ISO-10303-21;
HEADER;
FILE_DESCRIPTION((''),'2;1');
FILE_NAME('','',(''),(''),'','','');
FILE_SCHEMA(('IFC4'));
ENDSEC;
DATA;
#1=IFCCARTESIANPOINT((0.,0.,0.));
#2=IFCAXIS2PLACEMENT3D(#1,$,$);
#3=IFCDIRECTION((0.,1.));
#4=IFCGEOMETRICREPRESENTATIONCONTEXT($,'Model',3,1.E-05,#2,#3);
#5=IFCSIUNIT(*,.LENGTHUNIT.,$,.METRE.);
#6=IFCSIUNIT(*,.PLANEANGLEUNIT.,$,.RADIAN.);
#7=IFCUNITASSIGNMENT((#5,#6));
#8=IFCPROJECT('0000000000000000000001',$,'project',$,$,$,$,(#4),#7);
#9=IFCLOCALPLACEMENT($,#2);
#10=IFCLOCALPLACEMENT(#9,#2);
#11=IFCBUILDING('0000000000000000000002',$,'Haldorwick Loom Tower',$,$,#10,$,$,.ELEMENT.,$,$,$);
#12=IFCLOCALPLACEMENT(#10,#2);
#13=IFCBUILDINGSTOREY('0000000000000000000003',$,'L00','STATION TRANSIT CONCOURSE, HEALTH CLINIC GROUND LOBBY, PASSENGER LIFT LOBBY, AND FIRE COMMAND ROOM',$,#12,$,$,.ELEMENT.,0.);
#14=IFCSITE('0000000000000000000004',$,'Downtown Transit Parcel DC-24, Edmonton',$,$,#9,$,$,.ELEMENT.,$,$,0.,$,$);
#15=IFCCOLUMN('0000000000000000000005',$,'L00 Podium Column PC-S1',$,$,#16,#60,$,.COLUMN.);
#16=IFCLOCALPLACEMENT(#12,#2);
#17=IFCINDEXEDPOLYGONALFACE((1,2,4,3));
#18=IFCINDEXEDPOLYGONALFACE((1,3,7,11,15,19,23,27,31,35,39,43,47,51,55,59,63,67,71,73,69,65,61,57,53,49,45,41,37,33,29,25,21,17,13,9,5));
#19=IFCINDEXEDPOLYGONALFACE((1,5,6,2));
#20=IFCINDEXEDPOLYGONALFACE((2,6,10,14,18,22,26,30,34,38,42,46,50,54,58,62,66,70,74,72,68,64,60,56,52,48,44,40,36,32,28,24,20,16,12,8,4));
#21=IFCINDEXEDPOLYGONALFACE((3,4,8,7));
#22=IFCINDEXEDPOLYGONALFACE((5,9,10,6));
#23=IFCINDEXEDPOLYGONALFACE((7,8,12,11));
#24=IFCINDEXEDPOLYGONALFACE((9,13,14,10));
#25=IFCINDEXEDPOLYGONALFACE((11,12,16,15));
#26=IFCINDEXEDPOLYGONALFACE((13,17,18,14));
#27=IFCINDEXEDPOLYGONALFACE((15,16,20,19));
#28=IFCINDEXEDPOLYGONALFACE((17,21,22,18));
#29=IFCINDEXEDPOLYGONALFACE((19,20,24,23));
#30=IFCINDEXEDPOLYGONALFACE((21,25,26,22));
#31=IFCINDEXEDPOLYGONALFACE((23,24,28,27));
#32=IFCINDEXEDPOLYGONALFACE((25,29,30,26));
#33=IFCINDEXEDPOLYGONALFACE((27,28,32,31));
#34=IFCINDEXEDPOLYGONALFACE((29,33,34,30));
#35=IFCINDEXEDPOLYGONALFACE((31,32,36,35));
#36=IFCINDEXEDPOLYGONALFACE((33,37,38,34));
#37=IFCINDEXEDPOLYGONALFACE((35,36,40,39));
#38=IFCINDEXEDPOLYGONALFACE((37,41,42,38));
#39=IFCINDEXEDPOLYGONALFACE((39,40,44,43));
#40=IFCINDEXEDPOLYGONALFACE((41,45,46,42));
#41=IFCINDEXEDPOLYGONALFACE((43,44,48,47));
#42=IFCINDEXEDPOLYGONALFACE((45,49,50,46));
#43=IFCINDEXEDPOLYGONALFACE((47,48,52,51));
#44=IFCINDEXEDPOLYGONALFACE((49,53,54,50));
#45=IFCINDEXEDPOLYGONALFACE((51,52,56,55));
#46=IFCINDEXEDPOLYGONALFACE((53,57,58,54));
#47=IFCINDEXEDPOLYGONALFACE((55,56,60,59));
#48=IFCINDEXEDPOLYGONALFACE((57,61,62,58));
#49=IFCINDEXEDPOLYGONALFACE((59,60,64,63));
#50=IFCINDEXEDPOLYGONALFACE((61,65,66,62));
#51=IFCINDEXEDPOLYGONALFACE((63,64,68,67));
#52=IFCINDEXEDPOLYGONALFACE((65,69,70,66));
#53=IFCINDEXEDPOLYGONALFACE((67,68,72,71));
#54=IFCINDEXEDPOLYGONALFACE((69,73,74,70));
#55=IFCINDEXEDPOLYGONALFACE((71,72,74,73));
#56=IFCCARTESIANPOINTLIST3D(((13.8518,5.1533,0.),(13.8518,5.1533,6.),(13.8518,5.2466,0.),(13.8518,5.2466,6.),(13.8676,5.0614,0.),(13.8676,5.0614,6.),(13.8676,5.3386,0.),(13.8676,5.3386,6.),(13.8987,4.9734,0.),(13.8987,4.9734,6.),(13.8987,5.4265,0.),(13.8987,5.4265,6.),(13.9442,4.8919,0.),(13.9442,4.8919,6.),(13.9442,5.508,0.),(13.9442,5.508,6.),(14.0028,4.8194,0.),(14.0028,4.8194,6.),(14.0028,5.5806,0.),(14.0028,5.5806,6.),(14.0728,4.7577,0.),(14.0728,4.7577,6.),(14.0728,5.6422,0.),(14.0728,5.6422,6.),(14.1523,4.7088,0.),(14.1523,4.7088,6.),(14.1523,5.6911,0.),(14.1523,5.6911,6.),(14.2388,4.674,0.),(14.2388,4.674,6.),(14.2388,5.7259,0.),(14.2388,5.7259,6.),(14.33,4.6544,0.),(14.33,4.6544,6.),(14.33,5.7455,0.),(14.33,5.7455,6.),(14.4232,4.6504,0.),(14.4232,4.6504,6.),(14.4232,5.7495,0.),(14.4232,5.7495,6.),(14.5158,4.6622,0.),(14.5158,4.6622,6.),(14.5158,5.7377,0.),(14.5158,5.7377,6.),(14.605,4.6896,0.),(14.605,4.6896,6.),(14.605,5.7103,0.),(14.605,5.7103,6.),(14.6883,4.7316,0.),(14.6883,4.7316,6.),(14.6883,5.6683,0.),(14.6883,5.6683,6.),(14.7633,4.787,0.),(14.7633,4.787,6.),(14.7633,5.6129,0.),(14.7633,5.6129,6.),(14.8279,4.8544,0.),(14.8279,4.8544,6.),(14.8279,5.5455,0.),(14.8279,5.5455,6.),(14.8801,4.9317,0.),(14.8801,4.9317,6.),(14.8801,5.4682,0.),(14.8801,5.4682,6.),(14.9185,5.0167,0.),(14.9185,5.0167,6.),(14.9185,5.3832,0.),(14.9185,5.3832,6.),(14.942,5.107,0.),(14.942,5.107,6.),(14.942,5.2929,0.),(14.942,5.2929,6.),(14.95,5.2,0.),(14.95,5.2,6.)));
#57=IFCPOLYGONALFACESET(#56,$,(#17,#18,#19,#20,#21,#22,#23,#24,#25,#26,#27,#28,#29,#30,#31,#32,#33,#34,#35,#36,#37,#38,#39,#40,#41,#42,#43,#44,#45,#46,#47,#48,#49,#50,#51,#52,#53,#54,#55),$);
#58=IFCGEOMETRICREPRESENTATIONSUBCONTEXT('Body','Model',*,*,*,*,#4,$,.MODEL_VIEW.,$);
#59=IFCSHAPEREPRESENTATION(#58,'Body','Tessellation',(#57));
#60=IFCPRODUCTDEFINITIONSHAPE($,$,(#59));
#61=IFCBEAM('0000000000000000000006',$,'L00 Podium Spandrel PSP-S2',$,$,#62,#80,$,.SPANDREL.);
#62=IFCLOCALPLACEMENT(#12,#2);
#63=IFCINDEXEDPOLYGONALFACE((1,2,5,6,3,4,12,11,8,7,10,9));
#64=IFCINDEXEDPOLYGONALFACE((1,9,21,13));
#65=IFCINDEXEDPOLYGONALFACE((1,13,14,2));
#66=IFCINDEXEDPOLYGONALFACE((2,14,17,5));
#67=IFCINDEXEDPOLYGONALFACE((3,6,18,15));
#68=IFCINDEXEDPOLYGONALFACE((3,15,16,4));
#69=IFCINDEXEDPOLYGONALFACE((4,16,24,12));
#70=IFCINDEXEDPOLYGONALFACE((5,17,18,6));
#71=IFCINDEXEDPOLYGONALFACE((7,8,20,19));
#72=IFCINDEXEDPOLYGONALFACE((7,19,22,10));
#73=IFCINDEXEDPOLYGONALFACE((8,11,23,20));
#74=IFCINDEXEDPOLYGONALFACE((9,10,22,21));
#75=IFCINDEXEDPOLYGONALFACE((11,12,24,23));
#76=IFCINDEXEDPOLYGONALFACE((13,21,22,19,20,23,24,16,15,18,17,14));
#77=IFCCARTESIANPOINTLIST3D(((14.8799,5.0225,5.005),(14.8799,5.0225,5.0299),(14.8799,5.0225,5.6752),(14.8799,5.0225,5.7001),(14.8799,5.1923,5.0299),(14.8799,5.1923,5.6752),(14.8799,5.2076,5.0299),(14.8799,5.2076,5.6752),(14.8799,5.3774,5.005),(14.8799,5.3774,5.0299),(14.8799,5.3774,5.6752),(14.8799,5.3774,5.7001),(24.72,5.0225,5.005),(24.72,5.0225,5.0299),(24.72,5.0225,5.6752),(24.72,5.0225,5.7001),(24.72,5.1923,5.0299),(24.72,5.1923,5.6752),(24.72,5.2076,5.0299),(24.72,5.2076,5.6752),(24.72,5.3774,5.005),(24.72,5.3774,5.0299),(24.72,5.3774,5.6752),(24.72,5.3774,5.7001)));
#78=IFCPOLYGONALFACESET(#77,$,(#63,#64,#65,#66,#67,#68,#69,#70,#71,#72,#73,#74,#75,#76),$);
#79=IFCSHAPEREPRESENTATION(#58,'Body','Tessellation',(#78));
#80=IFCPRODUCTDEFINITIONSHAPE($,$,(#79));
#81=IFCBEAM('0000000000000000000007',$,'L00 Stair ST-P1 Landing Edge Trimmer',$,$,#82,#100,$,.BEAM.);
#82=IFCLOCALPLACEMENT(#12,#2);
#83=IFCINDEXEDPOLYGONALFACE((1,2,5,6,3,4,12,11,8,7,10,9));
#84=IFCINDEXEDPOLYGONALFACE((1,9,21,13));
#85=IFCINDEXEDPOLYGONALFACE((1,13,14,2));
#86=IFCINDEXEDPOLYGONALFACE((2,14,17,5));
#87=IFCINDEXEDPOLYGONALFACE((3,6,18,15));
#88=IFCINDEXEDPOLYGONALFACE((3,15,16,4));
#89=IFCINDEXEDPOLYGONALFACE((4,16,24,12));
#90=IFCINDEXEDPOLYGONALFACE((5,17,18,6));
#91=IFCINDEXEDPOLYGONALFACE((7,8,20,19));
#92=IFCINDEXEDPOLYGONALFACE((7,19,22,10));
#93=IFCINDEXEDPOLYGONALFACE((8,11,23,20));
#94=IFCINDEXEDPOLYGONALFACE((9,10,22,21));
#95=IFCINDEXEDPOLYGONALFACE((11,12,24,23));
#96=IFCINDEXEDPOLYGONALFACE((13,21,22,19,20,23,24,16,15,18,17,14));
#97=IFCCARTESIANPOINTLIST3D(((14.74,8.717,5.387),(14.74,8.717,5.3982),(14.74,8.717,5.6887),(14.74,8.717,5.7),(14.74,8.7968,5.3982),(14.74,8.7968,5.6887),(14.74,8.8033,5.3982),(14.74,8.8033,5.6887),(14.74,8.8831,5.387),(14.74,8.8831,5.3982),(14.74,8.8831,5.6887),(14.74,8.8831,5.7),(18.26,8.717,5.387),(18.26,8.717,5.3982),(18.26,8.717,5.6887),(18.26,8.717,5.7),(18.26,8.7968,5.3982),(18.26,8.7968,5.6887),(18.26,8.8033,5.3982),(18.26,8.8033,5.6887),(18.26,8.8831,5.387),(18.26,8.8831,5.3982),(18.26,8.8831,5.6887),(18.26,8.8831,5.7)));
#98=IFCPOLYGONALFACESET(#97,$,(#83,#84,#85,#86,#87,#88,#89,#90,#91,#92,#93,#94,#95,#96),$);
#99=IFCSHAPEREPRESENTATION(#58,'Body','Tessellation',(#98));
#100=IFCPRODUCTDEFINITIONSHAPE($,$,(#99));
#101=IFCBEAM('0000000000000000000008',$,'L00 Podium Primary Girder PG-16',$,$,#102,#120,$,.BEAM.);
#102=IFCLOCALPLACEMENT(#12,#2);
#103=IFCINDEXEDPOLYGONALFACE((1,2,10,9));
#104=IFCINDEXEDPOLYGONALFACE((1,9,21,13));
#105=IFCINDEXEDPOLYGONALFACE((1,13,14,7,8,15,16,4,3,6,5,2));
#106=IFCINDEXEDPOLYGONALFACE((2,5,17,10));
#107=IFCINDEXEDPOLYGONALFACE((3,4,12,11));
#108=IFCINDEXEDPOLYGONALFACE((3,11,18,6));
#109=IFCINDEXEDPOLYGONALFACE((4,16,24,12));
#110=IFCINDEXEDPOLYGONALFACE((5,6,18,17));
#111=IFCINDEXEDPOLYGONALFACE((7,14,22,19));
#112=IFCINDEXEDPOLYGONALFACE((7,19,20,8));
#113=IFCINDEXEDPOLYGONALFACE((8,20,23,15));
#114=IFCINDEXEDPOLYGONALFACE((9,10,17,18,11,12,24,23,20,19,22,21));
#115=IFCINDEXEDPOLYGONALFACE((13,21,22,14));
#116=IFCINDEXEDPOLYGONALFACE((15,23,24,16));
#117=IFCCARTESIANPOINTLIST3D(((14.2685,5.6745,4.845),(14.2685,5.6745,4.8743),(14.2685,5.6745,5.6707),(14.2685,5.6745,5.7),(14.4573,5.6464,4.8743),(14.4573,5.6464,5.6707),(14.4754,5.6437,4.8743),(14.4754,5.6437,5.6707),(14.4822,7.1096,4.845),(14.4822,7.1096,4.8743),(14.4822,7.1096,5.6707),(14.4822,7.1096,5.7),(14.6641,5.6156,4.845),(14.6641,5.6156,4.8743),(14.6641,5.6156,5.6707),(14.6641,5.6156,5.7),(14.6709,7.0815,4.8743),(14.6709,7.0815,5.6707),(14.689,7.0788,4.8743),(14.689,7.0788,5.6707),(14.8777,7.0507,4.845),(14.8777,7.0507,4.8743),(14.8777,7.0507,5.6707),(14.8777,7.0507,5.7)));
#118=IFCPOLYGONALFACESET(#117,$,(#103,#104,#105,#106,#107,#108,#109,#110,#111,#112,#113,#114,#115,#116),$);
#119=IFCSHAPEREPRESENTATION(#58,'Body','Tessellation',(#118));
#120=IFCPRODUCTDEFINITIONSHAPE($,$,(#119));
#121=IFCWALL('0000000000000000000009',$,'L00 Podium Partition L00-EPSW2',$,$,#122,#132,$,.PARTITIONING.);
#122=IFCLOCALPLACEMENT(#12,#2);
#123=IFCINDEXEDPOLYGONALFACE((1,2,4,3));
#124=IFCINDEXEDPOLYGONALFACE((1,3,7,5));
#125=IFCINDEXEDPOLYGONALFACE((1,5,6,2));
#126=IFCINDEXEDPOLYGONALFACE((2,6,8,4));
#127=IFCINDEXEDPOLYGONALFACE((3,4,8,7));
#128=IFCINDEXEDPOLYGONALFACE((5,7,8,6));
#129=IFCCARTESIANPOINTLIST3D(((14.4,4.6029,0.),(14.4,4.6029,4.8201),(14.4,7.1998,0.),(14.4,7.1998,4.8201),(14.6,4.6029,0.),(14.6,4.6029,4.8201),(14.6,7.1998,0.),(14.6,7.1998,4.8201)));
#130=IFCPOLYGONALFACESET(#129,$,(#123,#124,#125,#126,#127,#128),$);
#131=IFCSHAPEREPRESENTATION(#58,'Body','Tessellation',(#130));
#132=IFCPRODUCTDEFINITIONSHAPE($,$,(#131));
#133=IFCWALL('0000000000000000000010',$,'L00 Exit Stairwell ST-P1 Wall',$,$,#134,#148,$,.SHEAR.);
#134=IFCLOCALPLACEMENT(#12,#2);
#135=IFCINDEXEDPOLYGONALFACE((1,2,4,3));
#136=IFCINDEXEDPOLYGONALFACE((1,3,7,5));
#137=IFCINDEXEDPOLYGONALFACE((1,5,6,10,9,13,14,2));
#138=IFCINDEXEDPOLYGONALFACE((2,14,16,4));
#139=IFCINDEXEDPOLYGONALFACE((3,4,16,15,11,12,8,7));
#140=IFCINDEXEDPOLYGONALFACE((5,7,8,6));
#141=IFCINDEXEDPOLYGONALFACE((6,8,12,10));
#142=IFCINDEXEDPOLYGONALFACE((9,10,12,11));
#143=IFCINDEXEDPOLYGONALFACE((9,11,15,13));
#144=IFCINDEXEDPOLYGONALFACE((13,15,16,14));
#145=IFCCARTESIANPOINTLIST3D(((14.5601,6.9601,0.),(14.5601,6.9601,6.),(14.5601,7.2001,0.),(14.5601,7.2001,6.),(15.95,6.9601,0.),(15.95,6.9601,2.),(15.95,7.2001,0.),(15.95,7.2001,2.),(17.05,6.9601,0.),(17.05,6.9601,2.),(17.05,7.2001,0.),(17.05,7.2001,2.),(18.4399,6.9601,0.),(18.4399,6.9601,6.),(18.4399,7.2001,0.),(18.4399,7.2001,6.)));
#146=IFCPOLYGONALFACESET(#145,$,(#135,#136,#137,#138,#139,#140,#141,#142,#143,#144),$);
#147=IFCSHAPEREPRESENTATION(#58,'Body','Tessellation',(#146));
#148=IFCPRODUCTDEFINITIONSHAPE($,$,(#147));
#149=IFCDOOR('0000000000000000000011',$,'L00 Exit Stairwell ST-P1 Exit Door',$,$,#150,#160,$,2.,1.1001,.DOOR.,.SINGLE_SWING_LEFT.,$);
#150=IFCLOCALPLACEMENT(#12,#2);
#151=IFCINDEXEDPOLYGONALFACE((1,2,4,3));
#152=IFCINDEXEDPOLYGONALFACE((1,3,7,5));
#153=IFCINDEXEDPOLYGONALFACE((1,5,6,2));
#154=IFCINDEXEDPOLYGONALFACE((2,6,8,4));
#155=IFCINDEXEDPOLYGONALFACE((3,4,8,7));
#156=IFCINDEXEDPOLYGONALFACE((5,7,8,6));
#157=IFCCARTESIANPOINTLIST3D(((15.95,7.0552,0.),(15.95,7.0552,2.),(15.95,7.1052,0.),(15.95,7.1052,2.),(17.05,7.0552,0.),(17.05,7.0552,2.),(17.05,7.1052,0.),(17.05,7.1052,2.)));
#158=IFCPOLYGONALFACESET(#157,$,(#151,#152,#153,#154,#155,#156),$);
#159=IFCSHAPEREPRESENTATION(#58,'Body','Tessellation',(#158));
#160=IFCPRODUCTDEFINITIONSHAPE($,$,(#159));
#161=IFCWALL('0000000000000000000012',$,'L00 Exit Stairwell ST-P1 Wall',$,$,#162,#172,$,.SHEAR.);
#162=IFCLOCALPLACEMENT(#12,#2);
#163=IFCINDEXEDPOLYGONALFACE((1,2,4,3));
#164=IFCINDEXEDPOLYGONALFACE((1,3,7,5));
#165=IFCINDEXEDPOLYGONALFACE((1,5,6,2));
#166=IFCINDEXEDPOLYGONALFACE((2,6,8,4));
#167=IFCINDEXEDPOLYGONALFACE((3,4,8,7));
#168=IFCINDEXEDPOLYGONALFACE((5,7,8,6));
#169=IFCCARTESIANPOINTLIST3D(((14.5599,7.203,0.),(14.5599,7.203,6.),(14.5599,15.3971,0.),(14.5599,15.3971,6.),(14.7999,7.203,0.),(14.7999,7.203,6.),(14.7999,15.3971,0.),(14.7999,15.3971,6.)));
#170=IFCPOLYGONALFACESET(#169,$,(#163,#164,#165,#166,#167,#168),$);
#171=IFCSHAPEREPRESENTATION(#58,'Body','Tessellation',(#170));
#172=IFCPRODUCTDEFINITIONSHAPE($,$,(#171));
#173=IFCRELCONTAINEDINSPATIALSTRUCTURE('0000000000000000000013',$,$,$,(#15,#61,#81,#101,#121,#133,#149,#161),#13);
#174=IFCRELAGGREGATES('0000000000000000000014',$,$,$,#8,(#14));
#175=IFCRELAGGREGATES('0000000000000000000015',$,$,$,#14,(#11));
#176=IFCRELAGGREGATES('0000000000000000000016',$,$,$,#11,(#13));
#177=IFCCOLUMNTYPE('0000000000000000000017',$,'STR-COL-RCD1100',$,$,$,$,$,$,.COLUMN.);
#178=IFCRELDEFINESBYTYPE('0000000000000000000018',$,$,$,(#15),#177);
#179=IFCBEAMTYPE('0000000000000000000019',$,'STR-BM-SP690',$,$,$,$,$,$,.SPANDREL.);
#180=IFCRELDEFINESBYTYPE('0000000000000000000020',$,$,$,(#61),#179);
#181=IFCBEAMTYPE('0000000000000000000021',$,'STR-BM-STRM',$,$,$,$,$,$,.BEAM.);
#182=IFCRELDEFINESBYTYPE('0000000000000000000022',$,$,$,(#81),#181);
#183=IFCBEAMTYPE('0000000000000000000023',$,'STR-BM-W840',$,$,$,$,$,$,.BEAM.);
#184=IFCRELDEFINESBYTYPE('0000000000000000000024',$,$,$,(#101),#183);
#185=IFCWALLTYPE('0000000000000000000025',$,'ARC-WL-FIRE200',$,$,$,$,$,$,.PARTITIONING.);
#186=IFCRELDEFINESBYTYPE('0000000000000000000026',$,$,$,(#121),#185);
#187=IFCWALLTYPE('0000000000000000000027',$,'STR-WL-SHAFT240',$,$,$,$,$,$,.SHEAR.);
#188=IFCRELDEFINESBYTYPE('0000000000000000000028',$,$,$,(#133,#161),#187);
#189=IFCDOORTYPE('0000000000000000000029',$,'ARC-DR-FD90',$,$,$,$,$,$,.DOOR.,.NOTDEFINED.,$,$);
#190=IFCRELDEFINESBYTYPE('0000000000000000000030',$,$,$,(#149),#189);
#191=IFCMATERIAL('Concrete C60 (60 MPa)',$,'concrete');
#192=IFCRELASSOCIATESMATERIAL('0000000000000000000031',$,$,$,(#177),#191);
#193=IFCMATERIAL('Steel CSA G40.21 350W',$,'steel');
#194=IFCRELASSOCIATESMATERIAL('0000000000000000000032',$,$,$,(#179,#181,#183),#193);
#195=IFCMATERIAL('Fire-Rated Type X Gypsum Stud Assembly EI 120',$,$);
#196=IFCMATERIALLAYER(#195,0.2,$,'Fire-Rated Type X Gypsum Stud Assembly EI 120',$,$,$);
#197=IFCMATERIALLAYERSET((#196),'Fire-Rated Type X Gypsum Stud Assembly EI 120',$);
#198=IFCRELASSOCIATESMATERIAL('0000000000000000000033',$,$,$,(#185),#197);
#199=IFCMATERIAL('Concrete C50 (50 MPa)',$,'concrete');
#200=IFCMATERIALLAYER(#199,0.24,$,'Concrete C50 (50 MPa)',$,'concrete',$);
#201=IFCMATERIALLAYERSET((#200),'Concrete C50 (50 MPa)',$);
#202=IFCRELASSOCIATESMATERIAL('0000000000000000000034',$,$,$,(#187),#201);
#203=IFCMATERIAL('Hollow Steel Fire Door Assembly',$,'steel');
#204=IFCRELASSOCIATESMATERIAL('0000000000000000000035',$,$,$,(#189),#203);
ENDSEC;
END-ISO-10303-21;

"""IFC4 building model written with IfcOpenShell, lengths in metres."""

from ifc_helpers import new_model, si_unit, direction, frame, frame_2d, origin, origin_2d, place, context, subcontext, project, spatial, rectangle, circle, i_section, extrude, material, layer, layer_set, material_profile, profile_set, type_object, element, fill, save


model = new_model("IFC4")

# Units and contexts
model_context = context("Model", 3, precision=1e-05, world=origin(), true_north=direction((0.0, 1.0)))
body_context = subcontext(model_context, "Body", "Model", "MODEL_VIEW")
ifc_project = project(units=[si_unit("LENGTHUNIT", "METRE"), si_unit("PLANEANGLEUNIT", "RADIAN")], contexts=[model_context])

# Site, building, storey
site_placement = place(None, origin())
site = spatial("IfcSite", under=ifc_project, at=site_placement, Name="Downtown Transit Parcel DC-24, Edmonton", CompositionType="ELEMENT", RefElevation=0.0)
building_placement = place(site_placement, origin())
building = spatial("IfcBuilding", under=site, at=building_placement, Name="Haldorwick Loom Tower", CompositionType="ELEMENT")
storey_placement = place(building_placement, origin())
storey = spatial("IfcBuildingStorey", under=building, at=storey_placement, Name="L00", Description="STATION TRANSIT CONCOURSE, HEALTH CLINIC GROUND LOBBY, PASSENGER LIFT LOBBY, AND FIRE COMMAND ROOM", CompositionType="ELEMENT", Elevation=0.0)

# Column
ifc_material_1 = material(Name="Concrete C60 (60 MPa)", Category="concrete")
ifc_material_profile_1 = material_profile(ifc_material_1, circle(Radius=0.55, at=origin_2d()), Name="RCD1100", Category="concrete")
ifc_profile_set_1 = profile_set([ifc_material_profile_1], Name="Concrete C60 (60 MPa)")
column_type = type_object("IfcColumnType", Name="STR-COL-RCD1100", PredefinedType="COLUMN", material=ifc_profile_set_1)
column_placement = place(storey_placement, frame((14.3999, 5.2, 0.0), z_axis=(0.0, 0.0, 1.0), x_axis=(1.0, 0.0, 0.0)))
element("IfcColumn", 1, at=column_placement, inside=storey, type_object=column_type, Name="L00 Podium Column PC-S1", PredefinedType="COLUMN", context=body_context, shape_type="SweptSolid", body=[
    extrude(circle(Radius=0.55, at=origin_2d()), origin(), (0.0, 0.0, 1.0), 6.0),
])

# Beams
ifc_material_2 = material(Name="Steel CSA G40.21 350W", Category="steel")
ifc_material_profile_2 = material_profile(ifc_material_2, i_section(OverallWidth=0.355, OverallDepth=0.6951, WebThickness=0.0154, FlangeThickness=0.0249, at=origin_2d()), Name="W690X217", Category="steel")
ifc_profile_set_2 = profile_set([ifc_material_profile_2], Name="Steel CSA G40.21 350W")
beam_type_1 = type_object("IfcBeamType", Name="STR-BM-SP690", PredefinedType="SPANDREL", material=ifc_profile_set_2)
beam_1_placement = place(storey_placement, frame((14.8799, 5.2, 5.3525), z_axis=(1.0, 0.0, 0.0), x_axis=(0.0, 1.0, 0.0)))
element("IfcBeam", 2, at=beam_1_placement, inside=storey, type_object=beam_type_1, Name="L00 Podium Spandrel PSP-S2", PredefinedType="SPANDREL", context=body_context, shape_type="SweptSolid", body=[
    extrude(i_section(OverallWidth=0.355, OverallDepth=0.6951, WebThickness=0.0154, FlangeThickness=0.0249, at=origin_2d()), origin(), (0.0, 0.0, 1.0), 9.8401),
])
ifc_material_profile_3 = material_profile(ifc_material_2, i_section(OverallWidth=0.166, OverallDepth=0.313, WebThickness=0.0066, FlangeThickness=0.0112, at=origin_2d()), Name="W310X45", Category="steel")
ifc_profile_set_3 = profile_set([ifc_material_profile_3], Name="Steel CSA G40.21 350W")
beam_type_2 = type_object("IfcBeamType", Name="STR-BM-STRM", PredefinedType="BEAM", material=ifc_profile_set_3)
beam_2_placement = place(storey_placement, frame((14.74, 8.8, 5.5435), z_axis=(1.0, 0.0, 0.0), x_axis=(0.0, 1.0, 0.0)))
element("IfcBeam", 3, at=beam_2_placement, inside=storey, type_object=beam_type_2, Name="L00 Stair ST-P1 Landing Edge Trimmer", PredefinedType="BEAM", context=body_context, shape_type="SweptSolid", body=[
    extrude(i_section(OverallWidth=0.166, OverallDepth=0.313, WebThickness=0.0066, FlangeThickness=0.0112, at=origin_2d()), origin(), (0.0, 0.0, 1.0), 3.52),
])
ifc_material_profile_4 = material_profile(ifc_material_2, i_section(OverallWidth=0.3999, OverallDepth=0.855, WebThickness=0.0183, FlangeThickness=0.0293, at=origin_2d()), Name="W840X299", Category="steel")
ifc_profile_set_4 = profile_set([ifc_material_profile_4], Name="Steel CSA G40.21 350W")
beam_type_3 = type_object("IfcBeamType", Name="STR-BM-W840", PredefinedType="BEAM", material=ifc_profile_set_4)
beam_3_placement = place(storey_placement, frame((14.4663, 5.645, 5.2725), z_axis=(0.147238, 0.989101, 0.0), x_axis=(-0.989101, 0.147238, 0.0)))
element("IfcBeam", 4, at=beam_3_placement, inside=storey, type_object=beam_type_3, Name="L00 Podium Primary Girder PG-16", PredefinedType="BEAM", context=body_context, shape_type="SweptSolid", body=[
    extrude(i_section(OverallWidth=0.3999, OverallDepth=0.855, WebThickness=0.0183, FlangeThickness=0.0293, at=origin_2d()), origin(), (0.0, 0.0, 1.0), 1.4509),
])

# Wall
ifc_material_3 = material(Name="Fire-Rated Type X Gypsum Stud Assembly EI 120")
ifc_layer_1 = layer(ifc_material_3, 0.2, Name="Fire-Rated Type X Gypsum Stud Assembly EI 120")
ifc_layer_set_1 = layer_set([ifc_layer_1], Name="Fire-Rated Type X Gypsum Stud Assembly EI 120")
wall_type_1 = type_object("IfcWallType", Name="ARC-WL-FIRE200", PredefinedType="PARTITIONING", material=ifc_layer_set_1)
wall_1_placement = place(storey_placement, frame((14.5, 4.603, 0.0), z_axis=(0.0, 0.0, 1.0), x_axis=(0.0, 1.0, 0.0)))
element("IfcWall", 5, at=wall_1_placement, inside=storey, type_object=wall_type_1, Name="L00 Podium Partition L00-EPSW2", PredefinedType="PARTITIONING", context=body_context, shape_type="SweptSolid", body=[
    extrude(rectangle(XDim=2.5969, YDim=0.2, at=frame_2d((1.2983, 0.0))), origin(), (0.0, 0.0, 1.0), 4.8201),
])

# Wall, opening, door
ifc_material_4 = material(Name="Concrete C50 (50 MPa)", Category="concrete")
ifc_layer_2 = layer(ifc_material_4, 0.24, Name="Concrete C50 (50 MPa)", Category="concrete")
ifc_layer_set_2 = layer_set([ifc_layer_2], Name="Concrete C50 (50 MPa)")
wall_type_2 = type_object("IfcWallType", Name="STR-WL-SHAFT240", PredefinedType="SHEAR", material=ifc_layer_set_2)
wall_2_placement = place(storey_placement, frame((14.5601, 7.0801, 0.0), z_axis=(0.0, 0.0, 1.0), x_axis=(1.0, 0.0, 0.0)))
wall_2 = element("IfcWall", 6, at=wall_2_placement, inside=storey, type_object=wall_type_2, Name="L00 Exit Stairwell ST-P1 Wall", PredefinedType="SHEAR", context=body_context, shape_type="SweptSolid", body=[
    extrude(rectangle(XDim=3.8799, YDim=0.24, at=frame_2d((1.9399, 0.0))), origin(), (0.0, 0.0, 1.0), 6.0),
])
opening_placement = place(wall_2_placement, frame((1.3899, 0.0, 0.0)))
opening = element("IfcOpeningElement", 7, at=opening_placement, cuts=wall_2, PredefinedType="OPENING", context=body_context, shape_type="SweptSolid", body=[
    extrude(rectangle(XDim=1.1001, YDim=2.0, at=frame_2d((0.55, 1.0))), frame((0.0, 0.1299, 0.0), z_axis=(0.0, -1.0, 0.0), x_axis=(1.0, 0.0, 0.0)), (0.0, 0.0, 1.0), 0.26),
])
ifc_material_5 = material(Name="Hollow Steel Fire Door Assembly", Category="steel")
door_type = type_object("IfcDoorType", Name="ARC-DR-FD90", OperationType="NOTDEFINED", PredefinedType="DOOR", material=ifc_material_5)
door_placement = place(opening_placement, frame((1.1001, 0.0, 0.0), z_axis=(0.0, 0.0, 1.0), x_axis=(-1.0, 0.0, 0.0)))
door = element("IfcDoor", 8, at=door_placement, inside=storey, type_object=door_type, Name="L00 Exit Stairwell ST-P1 Exit Door", OperationType="SINGLE_SWING_LEFT", OverallHeight=2.0, OverallWidth=1.1001, PredefinedType="DOOR", context=body_context, shape_type="SweptSolid", body=[
    extrude(rectangle(XDim=1.1001, YDim=2.0, at=frame_2d((0.55, 1.0))), frame((0.0, 0.0249, 0.0), z_axis=(0.0, -1.0, 0.0), x_axis=(1.0, 0.0, 0.0)), (0.0, 0.0, 1.0), 0.05),
])
fill(opening, door)

# Wall
for number, where, z_axis, x_axis, name in (
    (9, (14.6799, 7.2029, 0.0), (0.0, 0.0, 1.0), (0.0, 1.0, 0.0), "L00 Exit Stairwell ST-P1 Wall"),
):
    element("IfcWall", number, at=place(storey_placement, frame(where, z_axis=z_axis, x_axis=x_axis)), inside=storey, type_object=wall_type_2, Name=name, PredefinedType="SHEAR", context=body_context, shape_type="SweptSolid", body=[
        extrude(rectangle(XDim=8.1941, YDim=0.24, at=frame_2d((4.0972, 0.0))), origin(), (0.0, 0.0, 1.0), 6.0),
    ])

save(model, "model.ifc")
